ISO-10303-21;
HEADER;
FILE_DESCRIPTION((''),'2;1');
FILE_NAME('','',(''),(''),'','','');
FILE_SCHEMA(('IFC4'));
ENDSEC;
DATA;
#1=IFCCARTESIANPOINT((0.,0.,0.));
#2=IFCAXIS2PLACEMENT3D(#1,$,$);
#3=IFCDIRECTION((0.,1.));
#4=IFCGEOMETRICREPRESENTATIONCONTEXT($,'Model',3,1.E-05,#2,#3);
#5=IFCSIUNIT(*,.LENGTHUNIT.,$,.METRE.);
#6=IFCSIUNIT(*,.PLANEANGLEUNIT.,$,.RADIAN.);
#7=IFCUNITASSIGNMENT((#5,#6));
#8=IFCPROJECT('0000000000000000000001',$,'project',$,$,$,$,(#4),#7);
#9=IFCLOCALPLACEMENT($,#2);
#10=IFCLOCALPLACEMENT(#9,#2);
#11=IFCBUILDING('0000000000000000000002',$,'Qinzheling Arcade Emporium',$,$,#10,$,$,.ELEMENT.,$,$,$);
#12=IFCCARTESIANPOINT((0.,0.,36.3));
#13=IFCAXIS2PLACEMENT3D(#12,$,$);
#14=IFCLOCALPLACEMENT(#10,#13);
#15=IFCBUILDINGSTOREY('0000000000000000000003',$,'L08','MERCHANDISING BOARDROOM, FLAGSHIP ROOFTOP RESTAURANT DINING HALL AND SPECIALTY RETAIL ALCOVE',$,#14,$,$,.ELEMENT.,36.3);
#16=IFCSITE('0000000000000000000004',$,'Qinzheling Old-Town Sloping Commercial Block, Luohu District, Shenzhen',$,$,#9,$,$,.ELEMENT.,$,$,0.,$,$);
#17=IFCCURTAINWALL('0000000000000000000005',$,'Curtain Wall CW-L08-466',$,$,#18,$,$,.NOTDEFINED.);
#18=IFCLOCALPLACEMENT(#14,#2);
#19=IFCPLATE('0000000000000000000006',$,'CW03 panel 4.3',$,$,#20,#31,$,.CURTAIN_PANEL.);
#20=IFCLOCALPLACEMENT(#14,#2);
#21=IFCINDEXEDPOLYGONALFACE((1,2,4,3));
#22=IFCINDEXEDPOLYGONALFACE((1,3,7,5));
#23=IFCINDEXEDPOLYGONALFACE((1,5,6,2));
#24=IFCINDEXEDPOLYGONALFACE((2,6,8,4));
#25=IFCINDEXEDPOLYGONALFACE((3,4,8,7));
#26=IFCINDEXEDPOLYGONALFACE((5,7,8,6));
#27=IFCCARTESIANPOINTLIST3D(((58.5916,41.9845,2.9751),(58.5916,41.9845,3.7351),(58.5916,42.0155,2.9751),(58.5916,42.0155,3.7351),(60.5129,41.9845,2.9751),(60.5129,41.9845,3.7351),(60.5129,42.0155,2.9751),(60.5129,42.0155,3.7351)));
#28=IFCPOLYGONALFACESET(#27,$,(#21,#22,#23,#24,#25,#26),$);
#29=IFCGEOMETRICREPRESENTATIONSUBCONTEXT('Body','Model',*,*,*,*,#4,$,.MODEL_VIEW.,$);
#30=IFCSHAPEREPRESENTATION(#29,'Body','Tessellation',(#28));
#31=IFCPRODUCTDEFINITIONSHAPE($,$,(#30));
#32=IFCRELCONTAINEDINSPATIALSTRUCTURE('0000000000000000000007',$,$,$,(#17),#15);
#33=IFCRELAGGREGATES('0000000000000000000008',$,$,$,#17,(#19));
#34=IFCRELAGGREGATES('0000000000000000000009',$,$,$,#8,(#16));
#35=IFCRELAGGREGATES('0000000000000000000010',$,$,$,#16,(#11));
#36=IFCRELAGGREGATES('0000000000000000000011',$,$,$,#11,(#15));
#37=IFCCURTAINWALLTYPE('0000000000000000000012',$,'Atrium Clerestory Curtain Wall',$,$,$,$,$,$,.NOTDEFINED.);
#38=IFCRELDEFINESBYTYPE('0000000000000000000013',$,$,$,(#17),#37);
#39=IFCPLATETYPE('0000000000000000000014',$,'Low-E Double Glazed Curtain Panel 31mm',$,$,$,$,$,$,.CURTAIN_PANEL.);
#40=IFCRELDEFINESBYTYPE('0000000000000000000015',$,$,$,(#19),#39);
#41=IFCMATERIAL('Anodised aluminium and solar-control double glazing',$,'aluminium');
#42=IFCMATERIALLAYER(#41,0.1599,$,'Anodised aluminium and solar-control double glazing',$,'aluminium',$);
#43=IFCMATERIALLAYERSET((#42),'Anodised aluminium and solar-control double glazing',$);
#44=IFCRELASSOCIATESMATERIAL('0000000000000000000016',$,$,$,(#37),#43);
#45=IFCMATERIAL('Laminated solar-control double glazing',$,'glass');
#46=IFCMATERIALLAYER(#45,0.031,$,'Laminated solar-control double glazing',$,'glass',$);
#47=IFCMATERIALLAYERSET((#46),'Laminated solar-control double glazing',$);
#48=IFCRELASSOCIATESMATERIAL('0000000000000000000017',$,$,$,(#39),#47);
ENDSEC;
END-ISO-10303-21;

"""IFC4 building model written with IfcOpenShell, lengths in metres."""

from ifc_helpers import new_model, si_unit, direction, frame, origin, origin_2d, place, context, subcontext, project, spatial, rectangle, extrude, material, layer, layer_set, type_object, element, aggregate, save


model = new_model("IFC4")

# Units and contexts
model_context = context("Model", 3, precision=1e-05, world=origin(), true_north=direction((0.0, 1.0)))
body_context = subcontext(model_context, "Body", "Model", "MODEL_VIEW")
ifc_project = project(units=[si_unit("LENGTHUNIT", "METRE"), si_unit("PLANEANGLEUNIT", "RADIAN")], contexts=[model_context])

# Site, building, storey
site_placement = place(None, origin())
site = spatial("IfcSite", under=ifc_project, at=site_placement, Name="Qinzheling Old-Town Sloping Commercial Block, Luohu District, Shenzhen", CompositionType="ELEMENT", RefElevation=0.0)
building_placement = place(site_placement, origin())
building = spatial("IfcBuilding", under=site, at=building_placement, Name="Qinzheling Arcade Emporium", CompositionType="ELEMENT")
storey_placement = place(building_placement, frame((0.0, 0.0, 36.3)))
storey = spatial("IfcBuildingStorey", under=building, at=storey_placement, Name="L08", Description="MERCHANDISING BOARDROOM, FLAGSHIP ROOFTOP RESTAURANT DINING HALL AND SPECIALTY RETAIL ALCOVE", CompositionType="ELEMENT", Elevation=36.3)

# Curtain wall
ifc_material_1 = material(Name="Anodised aluminium and solar-control double glazing", Category="aluminium")
ifc_layer_1 = layer(ifc_material_1, 0.1599, Name="Anodised aluminium and solar-control double glazing", Category="aluminium")
ifc_layer_set_1 = layer_set([ifc_layer_1], Name="Anodised aluminium and solar-control double glazing")
curtain_wall_type = type_object("IfcCurtainWallType", Name="Atrium Clerestory Curtain Wall", PredefinedType="NOTDEFINED", material=ifc_layer_set_1)
curtain_wall_1_placement = place(storey_placement, origin())
curtain_wall_1 = element("IfcCurtainWall", 1, at=curtain_wall_1_placement, inside=storey, type_object=curtain_wall_type, Name="Curtain Wall CW-L08-466", PredefinedType="NOTDEFINED")

# Plate
ifc_material_2 = material(Name="Laminated solar-control double glazing", Category="glass")
ifc_layer_2 = layer(ifc_material_2, 0.031, Name="Laminated solar-control double glazing", Category="glass")
ifc_layer_set_2 = layer_set([ifc_layer_2], Name="Laminated solar-control double glazing")
plate_type = type_object("IfcPlateType", Name="Low-E Double Glazed Curtain Panel 31mm", PredefinedType="CURTAIN_PANEL", material=ifc_layer_set_2)
plate_1_placement = place(storey_placement, frame((59.5522, 42.0, 2.9751), z_axis=(0.0, 0.0, 1.0), x_axis=(1.0, 0.0, 0.0)))
plate_1 = element("IfcPlate", 2, at=plate_1_placement, type_object=plate_type, Name="CW03 panel 4.3", PredefinedType="CURTAIN_PANEL", context=body_context, shape_type="SweptSolid", body=[
    extrude(rectangle(XDim=1.9214, YDim=0.031, at=origin_2d()), origin(), (0.0, 0.0, 1.0), 0.76),
])
aggregate(curtain_wall_1, [plate_1])

save(model, "model.ifc")
